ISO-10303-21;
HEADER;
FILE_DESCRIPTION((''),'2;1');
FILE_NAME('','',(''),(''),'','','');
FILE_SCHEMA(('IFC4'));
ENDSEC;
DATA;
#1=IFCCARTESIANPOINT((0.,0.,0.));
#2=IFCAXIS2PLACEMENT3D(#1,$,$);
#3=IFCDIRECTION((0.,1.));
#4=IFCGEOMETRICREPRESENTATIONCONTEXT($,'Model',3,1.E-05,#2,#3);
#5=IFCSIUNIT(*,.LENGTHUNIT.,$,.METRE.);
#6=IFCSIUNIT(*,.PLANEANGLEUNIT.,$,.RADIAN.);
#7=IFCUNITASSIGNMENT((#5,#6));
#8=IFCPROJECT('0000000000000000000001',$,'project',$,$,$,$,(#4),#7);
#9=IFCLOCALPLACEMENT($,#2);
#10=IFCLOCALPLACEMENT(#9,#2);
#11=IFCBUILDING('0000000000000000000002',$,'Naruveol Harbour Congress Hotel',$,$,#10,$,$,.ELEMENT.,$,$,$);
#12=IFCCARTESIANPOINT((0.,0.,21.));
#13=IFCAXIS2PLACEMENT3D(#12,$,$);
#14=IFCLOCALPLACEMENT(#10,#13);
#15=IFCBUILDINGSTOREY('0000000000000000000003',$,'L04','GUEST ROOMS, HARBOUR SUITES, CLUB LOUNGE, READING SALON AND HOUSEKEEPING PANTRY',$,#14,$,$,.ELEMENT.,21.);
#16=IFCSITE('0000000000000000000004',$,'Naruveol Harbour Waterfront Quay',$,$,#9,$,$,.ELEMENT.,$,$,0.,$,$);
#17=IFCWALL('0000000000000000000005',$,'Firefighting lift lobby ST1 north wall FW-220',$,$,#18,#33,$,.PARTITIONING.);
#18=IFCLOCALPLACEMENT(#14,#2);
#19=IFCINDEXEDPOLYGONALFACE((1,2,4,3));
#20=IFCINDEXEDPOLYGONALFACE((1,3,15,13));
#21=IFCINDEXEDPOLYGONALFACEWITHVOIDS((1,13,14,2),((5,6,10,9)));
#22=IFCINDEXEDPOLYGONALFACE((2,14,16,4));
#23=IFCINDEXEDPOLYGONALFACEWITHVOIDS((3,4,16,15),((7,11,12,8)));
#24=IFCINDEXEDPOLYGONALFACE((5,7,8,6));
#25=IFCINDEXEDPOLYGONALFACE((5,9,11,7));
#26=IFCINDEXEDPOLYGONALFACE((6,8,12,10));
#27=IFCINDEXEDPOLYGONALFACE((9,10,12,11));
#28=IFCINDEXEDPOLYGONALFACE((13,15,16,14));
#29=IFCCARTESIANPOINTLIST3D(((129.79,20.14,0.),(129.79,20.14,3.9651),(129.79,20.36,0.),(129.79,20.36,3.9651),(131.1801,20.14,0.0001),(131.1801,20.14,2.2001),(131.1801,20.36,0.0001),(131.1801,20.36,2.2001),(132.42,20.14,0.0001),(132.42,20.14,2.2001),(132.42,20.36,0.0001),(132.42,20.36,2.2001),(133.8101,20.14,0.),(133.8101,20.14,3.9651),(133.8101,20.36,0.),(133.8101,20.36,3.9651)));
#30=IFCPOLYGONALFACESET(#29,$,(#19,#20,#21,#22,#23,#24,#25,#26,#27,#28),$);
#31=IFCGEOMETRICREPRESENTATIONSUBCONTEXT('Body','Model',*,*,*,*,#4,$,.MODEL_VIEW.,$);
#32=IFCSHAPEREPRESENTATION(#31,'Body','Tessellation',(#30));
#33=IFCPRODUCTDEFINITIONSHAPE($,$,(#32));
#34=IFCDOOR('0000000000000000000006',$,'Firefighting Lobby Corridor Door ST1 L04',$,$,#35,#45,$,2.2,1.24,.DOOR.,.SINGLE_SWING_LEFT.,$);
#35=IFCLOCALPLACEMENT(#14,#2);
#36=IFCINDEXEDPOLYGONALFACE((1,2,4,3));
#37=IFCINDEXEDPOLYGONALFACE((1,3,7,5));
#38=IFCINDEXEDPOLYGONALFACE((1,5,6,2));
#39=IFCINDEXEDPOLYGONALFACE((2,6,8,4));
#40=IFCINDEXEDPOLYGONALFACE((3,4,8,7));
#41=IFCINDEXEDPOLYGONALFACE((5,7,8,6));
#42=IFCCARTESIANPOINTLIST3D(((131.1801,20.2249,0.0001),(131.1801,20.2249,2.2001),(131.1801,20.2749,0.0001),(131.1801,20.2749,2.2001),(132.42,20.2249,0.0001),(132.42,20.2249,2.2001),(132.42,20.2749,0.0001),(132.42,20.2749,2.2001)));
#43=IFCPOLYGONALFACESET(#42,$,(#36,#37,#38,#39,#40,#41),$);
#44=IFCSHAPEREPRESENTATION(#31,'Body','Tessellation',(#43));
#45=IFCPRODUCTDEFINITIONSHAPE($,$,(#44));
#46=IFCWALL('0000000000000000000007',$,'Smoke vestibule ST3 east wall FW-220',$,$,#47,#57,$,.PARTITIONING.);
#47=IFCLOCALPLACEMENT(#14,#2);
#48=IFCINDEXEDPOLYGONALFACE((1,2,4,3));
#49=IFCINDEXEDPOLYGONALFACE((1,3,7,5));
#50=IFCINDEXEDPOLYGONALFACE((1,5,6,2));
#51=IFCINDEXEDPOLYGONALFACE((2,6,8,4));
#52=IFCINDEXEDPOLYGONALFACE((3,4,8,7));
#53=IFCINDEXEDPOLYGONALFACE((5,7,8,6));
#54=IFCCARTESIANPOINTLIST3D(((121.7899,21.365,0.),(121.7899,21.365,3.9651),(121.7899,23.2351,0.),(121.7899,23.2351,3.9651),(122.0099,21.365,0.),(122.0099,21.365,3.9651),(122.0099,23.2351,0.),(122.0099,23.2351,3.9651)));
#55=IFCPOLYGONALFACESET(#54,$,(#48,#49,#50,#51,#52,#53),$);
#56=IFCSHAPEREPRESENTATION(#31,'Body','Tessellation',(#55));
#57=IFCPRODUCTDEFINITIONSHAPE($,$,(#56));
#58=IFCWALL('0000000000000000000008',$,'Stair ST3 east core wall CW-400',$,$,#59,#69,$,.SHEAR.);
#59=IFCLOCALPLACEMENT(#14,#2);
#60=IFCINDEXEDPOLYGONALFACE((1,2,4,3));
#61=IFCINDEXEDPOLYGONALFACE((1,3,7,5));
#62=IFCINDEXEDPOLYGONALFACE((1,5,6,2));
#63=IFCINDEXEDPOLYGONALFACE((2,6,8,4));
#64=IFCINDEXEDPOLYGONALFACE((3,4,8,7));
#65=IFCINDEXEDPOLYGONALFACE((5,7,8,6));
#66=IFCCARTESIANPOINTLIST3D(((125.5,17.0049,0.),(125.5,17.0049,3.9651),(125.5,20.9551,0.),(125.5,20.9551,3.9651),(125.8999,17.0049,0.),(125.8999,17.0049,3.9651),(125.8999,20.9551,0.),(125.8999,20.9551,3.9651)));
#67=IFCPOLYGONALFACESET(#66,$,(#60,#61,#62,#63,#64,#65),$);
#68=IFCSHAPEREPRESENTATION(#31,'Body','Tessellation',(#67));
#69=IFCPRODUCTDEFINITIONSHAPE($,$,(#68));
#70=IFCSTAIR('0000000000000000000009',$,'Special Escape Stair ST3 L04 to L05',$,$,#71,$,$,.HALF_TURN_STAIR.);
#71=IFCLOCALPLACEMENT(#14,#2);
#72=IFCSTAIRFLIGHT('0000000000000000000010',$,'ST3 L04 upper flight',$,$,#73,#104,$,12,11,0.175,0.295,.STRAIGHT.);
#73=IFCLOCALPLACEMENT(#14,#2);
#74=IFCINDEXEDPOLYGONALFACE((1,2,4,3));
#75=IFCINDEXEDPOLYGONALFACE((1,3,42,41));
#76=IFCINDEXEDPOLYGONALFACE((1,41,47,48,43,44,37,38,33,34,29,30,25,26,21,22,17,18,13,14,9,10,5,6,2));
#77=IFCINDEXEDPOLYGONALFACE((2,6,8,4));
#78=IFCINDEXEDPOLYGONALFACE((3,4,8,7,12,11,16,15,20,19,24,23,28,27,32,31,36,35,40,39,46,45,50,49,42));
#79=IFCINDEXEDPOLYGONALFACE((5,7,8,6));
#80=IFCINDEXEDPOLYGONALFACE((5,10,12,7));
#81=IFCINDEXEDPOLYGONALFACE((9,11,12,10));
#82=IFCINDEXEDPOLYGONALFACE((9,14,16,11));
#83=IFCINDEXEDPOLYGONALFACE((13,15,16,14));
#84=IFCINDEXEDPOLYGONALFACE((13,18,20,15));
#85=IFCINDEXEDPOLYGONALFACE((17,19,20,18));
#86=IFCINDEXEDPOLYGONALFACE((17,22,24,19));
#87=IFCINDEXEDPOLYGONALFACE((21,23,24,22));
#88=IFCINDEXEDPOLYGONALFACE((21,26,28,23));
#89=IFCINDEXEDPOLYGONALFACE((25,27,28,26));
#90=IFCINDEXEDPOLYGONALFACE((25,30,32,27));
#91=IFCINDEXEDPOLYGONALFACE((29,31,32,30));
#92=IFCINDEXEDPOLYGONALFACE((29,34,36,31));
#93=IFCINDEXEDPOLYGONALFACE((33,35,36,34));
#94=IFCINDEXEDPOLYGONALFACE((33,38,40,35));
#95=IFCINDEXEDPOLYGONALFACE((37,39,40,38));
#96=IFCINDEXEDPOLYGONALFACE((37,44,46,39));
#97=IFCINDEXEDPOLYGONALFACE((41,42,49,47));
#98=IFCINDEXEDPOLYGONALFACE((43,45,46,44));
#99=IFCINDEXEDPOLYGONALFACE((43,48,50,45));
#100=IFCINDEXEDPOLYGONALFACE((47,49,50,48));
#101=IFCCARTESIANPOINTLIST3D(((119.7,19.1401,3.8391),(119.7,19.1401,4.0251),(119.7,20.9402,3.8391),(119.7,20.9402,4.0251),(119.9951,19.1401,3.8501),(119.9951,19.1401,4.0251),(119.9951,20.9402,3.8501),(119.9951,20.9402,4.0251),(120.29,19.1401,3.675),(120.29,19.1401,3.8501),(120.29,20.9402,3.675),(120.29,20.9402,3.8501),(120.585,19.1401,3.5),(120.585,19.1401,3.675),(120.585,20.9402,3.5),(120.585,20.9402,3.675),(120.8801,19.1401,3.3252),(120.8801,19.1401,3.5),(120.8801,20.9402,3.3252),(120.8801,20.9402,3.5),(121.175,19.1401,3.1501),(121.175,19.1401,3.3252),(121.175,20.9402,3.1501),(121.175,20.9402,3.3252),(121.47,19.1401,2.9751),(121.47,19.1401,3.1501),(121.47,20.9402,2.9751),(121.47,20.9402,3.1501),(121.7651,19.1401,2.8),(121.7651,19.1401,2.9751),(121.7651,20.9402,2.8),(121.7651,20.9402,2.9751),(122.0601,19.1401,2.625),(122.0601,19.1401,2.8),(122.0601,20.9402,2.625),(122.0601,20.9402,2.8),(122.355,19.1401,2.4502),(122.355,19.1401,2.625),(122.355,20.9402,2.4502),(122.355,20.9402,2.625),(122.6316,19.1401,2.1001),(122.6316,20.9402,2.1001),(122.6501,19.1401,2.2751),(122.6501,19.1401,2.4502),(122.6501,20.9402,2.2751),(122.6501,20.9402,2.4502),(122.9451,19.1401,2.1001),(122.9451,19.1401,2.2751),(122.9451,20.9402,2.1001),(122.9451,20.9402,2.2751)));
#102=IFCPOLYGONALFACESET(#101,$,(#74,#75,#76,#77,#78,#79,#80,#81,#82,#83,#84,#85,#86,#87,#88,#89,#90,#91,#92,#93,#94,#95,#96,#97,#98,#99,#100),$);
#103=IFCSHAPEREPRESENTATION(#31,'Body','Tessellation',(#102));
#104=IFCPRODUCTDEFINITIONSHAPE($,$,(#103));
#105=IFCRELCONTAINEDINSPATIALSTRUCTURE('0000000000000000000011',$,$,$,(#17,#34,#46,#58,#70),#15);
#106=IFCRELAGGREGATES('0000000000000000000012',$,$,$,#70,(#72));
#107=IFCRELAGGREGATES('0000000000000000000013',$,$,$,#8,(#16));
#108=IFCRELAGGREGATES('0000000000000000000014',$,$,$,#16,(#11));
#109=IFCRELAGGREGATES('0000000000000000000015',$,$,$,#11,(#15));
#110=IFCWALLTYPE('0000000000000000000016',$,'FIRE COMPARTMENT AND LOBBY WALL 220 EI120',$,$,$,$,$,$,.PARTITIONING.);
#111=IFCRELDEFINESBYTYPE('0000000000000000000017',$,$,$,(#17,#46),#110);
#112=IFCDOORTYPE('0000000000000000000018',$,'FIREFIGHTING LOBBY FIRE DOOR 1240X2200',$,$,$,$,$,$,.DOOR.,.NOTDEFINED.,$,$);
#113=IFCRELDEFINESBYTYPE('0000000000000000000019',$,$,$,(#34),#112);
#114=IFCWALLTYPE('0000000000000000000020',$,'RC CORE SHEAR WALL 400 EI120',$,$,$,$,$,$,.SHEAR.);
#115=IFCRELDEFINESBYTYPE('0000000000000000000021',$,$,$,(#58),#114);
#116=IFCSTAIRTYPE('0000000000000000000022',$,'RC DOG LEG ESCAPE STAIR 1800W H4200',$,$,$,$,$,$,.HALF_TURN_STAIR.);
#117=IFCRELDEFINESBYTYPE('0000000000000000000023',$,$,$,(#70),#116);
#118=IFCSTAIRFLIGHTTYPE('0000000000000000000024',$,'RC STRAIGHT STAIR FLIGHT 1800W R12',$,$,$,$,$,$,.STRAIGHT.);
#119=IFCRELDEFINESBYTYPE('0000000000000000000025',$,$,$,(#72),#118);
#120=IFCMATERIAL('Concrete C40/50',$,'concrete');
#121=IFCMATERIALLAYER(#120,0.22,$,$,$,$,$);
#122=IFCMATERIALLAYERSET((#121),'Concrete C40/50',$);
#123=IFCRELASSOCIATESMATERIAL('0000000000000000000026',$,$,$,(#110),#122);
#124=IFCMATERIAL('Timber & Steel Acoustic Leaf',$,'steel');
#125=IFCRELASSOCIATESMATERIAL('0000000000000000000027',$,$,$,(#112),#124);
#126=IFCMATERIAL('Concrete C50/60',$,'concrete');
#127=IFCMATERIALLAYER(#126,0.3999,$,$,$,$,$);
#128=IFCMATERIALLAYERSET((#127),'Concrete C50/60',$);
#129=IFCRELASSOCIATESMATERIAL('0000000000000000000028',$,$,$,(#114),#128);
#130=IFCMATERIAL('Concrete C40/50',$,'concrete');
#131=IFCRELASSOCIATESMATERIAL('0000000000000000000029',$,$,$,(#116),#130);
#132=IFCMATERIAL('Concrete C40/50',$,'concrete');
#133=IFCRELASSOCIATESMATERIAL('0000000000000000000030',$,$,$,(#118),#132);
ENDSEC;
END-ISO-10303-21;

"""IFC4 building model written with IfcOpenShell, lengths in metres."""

from ifc_helpers import new_model, si_unit, direction, frame, frame_2d, origin, place, context, subcontext, project, spatial, polyline, rectangle, outline, extrude, material, layer, layer_set, type_object, element, fill, aggregate, save


model = new_model("IFC4")

# Units and contexts
model_context = context("Model", 3, precision=1e-05, world=origin(), true_north=direction((0.0, 1.0)))
body_context = subcontext(model_context, "Body", "Model", "MODEL_VIEW")
ifc_project = project(units=[si_unit("LENGTHUNIT", "METRE"), si_unit("PLANEANGLEUNIT", "RADIAN")], contexts=[model_context])

# Site, building, storey
site_placement = place(None, origin())
site = spatial("IfcSite", under=ifc_project, at=site_placement, Name="Naruveol Harbour Waterfront Quay", CompositionType="ELEMENT", RefElevation=0.0)
building_placement = place(site_placement, origin())
building = spatial("IfcBuilding", under=site, at=building_placement, Name="Naruveol Harbour Congress Hotel", CompositionType="ELEMENT")
storey_placement = place(building_placement, frame((0.0, 0.0, 21.0)))
storey = spatial("IfcBuildingStorey", under=building, at=storey_placement, Name="L04", Description="GUEST ROOMS, HARBOUR SUITES, CLUB LOUNGE, READING SALON AND HOUSEKEEPING PANTRY", CompositionType="ELEMENT", Elevation=21.0)

# Shared definitions
ifc_material_1 = material(Name="Concrete C40/50", Category="concrete")
ifc_layer_1 = layer(ifc_material_1, 0.22)
ifc_layer_set_1 = layer_set([ifc_layer_1], Name="Concrete C40/50")
wall_type_1 = type_object("IfcWallType", Name="FIRE COMPARTMENT AND LOBBY WALL 220 EI120", PredefinedType="PARTITIONING", material=ifc_layer_set_1)

# Wall, opening, door
wall_1_placement = place(storey_placement, frame((129.79, 20.25, 0.0), z_axis=(0.0, 0.0, 1.0), x_axis=(1.0, 0.0, 0.0)))
wall_1 = element("IfcWall", 1, at=wall_1_placement, inside=storey, type_object=wall_type_1, Name="Firefighting lift lobby ST1 north wall FW-220", PredefinedType="PARTITIONING", context=body_context, shape_type="SweptSolid", body=[
    extrude(rectangle(XDim=4.02, YDim=0.22, at=frame_2d((2.01, 0.0))), origin(), (0.0, 0.0, 1.0), 3.9651),
])
opening_1_placement = place(wall_1_placement, frame((1.3899, 0.0, 0.0)))
opening_1 = element("IfcOpeningElement", 2, at=opening_1_placement, cuts=wall_1, PredefinedType="OPENING", context=body_context, shape_type="SweptSolid", body=[
    extrude(rectangle(XDim=1.24, YDim=2.2, at=frame_2d((0.6201, 1.1001))), frame((0.0, 0.1199, 0.0), z_axis=(0.0, -1.0, 0.0), x_axis=(1.0, 0.0, 0.0)), (0.0, 0.0, 1.0), 0.24),
])
ifc_material_2 = material(Name="Timber & Steel Acoustic Leaf", Category="steel")
door_type_1 = type_object("IfcDoorType", Name="FIREFIGHTING LOBBY FIRE DOOR 1240X2200", OperationType="NOTDEFINED", PredefinedType="DOOR", material=ifc_material_2)
door_1_placement = place(opening_1_placement, origin())
door_1 = element("IfcDoor", 3, at=door_1_placement, inside=storey, type_object=door_type_1, Name="Firefighting Lobby Corridor Door ST1 L04", OperationType="SINGLE_SWING_LEFT", OverallHeight=2.2, OverallWidth=1.24, PredefinedType="DOOR", context=body_context, shape_type="SweptSolid", body=[
    extrude(rectangle(XDim=1.24, YDim=2.2, at=frame_2d((0.6201, 1.1001))), frame((0.0, 0.0249, 0.0), z_axis=(0.0, -1.0, 0.0), x_axis=(1.0, 0.0, 0.0)), (0.0, 0.0, 1.0), 0.05),
])
fill(opening_1, door_1)

# Walls
wall_2_placement = place(storey_placement, frame((121.8999, 21.365, 0.0), z_axis=(0.0, 0.0, 1.0), x_axis=(0.0, 1.0, 0.0)))
element("IfcWall", 4, at=wall_2_placement, inside=storey, type_object=wall_type_1, Name="Smoke vestibule ST3 east wall FW-220", PredefinedType="PARTITIONING", context=body_context, shape_type="SweptSolid", body=[
    extrude(rectangle(XDim=1.8701, YDim=0.22, at=frame_2d((0.9351, 0.0))), origin(), (0.0, 0.0, 1.0), 3.9651),
])
ifc_material_3 = material(Name="Concrete C50/60", Category="concrete")
ifc_layer_2 = layer(ifc_material_3, 0.3999)
ifc_layer_set_2 = layer_set([ifc_layer_2], Name="Concrete C50/60")
wall_type_2 = type_object("IfcWallType", Name="RC CORE SHEAR WALL 400 EI120", PredefinedType="SHEAR", material=ifc_layer_set_2)
wall_3_placement = place(storey_placement, frame((125.7, 17.0049, 0.0), z_axis=(0.0, 0.0, 1.0), x_axis=(0.0, 1.0, 0.0)))
element("IfcWall", 5, at=wall_3_placement, inside=storey, type_object=wall_type_2, Name="Stair ST3 east core wall CW-400", PredefinedType="SHEAR", context=body_context, shape_type="SweptSolid", body=[
    extrude(rectangle(XDim=3.9502, YDim=0.3999, at=frame_2d((1.9751, 0.0))), origin(), (0.0, 0.0, 1.0), 3.9651),
])

# Stair, stair flight
ifc_material_4 = material(Name="Concrete C40/50", Category="concrete")
stair_type = type_object("IfcStairType", Name="RC DOG LEG ESCAPE STAIR 1800W H4200", PredefinedType="HALF_TURN_STAIR", material=ifc_material_4)
stair_placement = place(storey_placement, origin())
stair = element("IfcStair", 6, at=stair_placement, inside=storey, type_object=stair_type, Name="Special Escape Stair ST3 L04 to L05", PredefinedType="HALF_TURN_STAIR")
ifc_material_5 = material(Name="Concrete C40/50", Category="concrete")
stair_flight_type = type_object("IfcStairFlightType", Name="RC STRAIGHT STAIR FLIGHT 1800W R12", PredefinedType="STRAIGHT", material=ifc_material_5)
stair_flight_placement = place(storey_placement, frame((122.9451, 20.04, 2.1001), z_axis=(0.0, 0.0, 1.0), x_axis=(-1.0, 0.0, 0.0)))
stair_flight = element("IfcStairFlight", 7, at=stair_flight_placement, type_object=stair_flight_type, Name="ST3 L04 upper flight", NumberOfRisers=12, NumberOfTreads=11, PredefinedType="STRAIGHT", RiserHeight=0.175, TreadLength=0.295, context=body_context, shape_type="SweptSolid", body=[
    extrude(outline(polyline([(0.0, 0.0), (0.0, 0.175), (0.2949, 0.175), (0.2949, 0.3501), (0.5901, 0.3501), (0.5901, 0.5249), (0.885, 0.5249), (0.885, 0.7), (1.1799, 0.7), (1.1799, 0.875), (1.4751, 0.875), (1.4751, 1.05), (1.77, 1.05), (1.77, 1.2251), (2.0649, 1.2251), (2.0649, 1.3999), (2.3601, 1.3999), (2.3601, 1.575), (2.655, 1.575), (2.655, 1.75), (2.95, 1.75), (2.95, 1.925), (3.2451, 1.925), (3.2451, 2.1001), (3.2451, 1.739), (0.3135, 0.0), (0.0, 0.0)])), frame((0.0, 0.8999, 0.0), z_axis=(0.0, -1.0, 0.0), x_axis=(1.0, 0.0, 0.0)), (0.0, 0.0, 1.0), 1.8),
])
aggregate(stair, [stair_flight])

save(model, "model.ifc")
